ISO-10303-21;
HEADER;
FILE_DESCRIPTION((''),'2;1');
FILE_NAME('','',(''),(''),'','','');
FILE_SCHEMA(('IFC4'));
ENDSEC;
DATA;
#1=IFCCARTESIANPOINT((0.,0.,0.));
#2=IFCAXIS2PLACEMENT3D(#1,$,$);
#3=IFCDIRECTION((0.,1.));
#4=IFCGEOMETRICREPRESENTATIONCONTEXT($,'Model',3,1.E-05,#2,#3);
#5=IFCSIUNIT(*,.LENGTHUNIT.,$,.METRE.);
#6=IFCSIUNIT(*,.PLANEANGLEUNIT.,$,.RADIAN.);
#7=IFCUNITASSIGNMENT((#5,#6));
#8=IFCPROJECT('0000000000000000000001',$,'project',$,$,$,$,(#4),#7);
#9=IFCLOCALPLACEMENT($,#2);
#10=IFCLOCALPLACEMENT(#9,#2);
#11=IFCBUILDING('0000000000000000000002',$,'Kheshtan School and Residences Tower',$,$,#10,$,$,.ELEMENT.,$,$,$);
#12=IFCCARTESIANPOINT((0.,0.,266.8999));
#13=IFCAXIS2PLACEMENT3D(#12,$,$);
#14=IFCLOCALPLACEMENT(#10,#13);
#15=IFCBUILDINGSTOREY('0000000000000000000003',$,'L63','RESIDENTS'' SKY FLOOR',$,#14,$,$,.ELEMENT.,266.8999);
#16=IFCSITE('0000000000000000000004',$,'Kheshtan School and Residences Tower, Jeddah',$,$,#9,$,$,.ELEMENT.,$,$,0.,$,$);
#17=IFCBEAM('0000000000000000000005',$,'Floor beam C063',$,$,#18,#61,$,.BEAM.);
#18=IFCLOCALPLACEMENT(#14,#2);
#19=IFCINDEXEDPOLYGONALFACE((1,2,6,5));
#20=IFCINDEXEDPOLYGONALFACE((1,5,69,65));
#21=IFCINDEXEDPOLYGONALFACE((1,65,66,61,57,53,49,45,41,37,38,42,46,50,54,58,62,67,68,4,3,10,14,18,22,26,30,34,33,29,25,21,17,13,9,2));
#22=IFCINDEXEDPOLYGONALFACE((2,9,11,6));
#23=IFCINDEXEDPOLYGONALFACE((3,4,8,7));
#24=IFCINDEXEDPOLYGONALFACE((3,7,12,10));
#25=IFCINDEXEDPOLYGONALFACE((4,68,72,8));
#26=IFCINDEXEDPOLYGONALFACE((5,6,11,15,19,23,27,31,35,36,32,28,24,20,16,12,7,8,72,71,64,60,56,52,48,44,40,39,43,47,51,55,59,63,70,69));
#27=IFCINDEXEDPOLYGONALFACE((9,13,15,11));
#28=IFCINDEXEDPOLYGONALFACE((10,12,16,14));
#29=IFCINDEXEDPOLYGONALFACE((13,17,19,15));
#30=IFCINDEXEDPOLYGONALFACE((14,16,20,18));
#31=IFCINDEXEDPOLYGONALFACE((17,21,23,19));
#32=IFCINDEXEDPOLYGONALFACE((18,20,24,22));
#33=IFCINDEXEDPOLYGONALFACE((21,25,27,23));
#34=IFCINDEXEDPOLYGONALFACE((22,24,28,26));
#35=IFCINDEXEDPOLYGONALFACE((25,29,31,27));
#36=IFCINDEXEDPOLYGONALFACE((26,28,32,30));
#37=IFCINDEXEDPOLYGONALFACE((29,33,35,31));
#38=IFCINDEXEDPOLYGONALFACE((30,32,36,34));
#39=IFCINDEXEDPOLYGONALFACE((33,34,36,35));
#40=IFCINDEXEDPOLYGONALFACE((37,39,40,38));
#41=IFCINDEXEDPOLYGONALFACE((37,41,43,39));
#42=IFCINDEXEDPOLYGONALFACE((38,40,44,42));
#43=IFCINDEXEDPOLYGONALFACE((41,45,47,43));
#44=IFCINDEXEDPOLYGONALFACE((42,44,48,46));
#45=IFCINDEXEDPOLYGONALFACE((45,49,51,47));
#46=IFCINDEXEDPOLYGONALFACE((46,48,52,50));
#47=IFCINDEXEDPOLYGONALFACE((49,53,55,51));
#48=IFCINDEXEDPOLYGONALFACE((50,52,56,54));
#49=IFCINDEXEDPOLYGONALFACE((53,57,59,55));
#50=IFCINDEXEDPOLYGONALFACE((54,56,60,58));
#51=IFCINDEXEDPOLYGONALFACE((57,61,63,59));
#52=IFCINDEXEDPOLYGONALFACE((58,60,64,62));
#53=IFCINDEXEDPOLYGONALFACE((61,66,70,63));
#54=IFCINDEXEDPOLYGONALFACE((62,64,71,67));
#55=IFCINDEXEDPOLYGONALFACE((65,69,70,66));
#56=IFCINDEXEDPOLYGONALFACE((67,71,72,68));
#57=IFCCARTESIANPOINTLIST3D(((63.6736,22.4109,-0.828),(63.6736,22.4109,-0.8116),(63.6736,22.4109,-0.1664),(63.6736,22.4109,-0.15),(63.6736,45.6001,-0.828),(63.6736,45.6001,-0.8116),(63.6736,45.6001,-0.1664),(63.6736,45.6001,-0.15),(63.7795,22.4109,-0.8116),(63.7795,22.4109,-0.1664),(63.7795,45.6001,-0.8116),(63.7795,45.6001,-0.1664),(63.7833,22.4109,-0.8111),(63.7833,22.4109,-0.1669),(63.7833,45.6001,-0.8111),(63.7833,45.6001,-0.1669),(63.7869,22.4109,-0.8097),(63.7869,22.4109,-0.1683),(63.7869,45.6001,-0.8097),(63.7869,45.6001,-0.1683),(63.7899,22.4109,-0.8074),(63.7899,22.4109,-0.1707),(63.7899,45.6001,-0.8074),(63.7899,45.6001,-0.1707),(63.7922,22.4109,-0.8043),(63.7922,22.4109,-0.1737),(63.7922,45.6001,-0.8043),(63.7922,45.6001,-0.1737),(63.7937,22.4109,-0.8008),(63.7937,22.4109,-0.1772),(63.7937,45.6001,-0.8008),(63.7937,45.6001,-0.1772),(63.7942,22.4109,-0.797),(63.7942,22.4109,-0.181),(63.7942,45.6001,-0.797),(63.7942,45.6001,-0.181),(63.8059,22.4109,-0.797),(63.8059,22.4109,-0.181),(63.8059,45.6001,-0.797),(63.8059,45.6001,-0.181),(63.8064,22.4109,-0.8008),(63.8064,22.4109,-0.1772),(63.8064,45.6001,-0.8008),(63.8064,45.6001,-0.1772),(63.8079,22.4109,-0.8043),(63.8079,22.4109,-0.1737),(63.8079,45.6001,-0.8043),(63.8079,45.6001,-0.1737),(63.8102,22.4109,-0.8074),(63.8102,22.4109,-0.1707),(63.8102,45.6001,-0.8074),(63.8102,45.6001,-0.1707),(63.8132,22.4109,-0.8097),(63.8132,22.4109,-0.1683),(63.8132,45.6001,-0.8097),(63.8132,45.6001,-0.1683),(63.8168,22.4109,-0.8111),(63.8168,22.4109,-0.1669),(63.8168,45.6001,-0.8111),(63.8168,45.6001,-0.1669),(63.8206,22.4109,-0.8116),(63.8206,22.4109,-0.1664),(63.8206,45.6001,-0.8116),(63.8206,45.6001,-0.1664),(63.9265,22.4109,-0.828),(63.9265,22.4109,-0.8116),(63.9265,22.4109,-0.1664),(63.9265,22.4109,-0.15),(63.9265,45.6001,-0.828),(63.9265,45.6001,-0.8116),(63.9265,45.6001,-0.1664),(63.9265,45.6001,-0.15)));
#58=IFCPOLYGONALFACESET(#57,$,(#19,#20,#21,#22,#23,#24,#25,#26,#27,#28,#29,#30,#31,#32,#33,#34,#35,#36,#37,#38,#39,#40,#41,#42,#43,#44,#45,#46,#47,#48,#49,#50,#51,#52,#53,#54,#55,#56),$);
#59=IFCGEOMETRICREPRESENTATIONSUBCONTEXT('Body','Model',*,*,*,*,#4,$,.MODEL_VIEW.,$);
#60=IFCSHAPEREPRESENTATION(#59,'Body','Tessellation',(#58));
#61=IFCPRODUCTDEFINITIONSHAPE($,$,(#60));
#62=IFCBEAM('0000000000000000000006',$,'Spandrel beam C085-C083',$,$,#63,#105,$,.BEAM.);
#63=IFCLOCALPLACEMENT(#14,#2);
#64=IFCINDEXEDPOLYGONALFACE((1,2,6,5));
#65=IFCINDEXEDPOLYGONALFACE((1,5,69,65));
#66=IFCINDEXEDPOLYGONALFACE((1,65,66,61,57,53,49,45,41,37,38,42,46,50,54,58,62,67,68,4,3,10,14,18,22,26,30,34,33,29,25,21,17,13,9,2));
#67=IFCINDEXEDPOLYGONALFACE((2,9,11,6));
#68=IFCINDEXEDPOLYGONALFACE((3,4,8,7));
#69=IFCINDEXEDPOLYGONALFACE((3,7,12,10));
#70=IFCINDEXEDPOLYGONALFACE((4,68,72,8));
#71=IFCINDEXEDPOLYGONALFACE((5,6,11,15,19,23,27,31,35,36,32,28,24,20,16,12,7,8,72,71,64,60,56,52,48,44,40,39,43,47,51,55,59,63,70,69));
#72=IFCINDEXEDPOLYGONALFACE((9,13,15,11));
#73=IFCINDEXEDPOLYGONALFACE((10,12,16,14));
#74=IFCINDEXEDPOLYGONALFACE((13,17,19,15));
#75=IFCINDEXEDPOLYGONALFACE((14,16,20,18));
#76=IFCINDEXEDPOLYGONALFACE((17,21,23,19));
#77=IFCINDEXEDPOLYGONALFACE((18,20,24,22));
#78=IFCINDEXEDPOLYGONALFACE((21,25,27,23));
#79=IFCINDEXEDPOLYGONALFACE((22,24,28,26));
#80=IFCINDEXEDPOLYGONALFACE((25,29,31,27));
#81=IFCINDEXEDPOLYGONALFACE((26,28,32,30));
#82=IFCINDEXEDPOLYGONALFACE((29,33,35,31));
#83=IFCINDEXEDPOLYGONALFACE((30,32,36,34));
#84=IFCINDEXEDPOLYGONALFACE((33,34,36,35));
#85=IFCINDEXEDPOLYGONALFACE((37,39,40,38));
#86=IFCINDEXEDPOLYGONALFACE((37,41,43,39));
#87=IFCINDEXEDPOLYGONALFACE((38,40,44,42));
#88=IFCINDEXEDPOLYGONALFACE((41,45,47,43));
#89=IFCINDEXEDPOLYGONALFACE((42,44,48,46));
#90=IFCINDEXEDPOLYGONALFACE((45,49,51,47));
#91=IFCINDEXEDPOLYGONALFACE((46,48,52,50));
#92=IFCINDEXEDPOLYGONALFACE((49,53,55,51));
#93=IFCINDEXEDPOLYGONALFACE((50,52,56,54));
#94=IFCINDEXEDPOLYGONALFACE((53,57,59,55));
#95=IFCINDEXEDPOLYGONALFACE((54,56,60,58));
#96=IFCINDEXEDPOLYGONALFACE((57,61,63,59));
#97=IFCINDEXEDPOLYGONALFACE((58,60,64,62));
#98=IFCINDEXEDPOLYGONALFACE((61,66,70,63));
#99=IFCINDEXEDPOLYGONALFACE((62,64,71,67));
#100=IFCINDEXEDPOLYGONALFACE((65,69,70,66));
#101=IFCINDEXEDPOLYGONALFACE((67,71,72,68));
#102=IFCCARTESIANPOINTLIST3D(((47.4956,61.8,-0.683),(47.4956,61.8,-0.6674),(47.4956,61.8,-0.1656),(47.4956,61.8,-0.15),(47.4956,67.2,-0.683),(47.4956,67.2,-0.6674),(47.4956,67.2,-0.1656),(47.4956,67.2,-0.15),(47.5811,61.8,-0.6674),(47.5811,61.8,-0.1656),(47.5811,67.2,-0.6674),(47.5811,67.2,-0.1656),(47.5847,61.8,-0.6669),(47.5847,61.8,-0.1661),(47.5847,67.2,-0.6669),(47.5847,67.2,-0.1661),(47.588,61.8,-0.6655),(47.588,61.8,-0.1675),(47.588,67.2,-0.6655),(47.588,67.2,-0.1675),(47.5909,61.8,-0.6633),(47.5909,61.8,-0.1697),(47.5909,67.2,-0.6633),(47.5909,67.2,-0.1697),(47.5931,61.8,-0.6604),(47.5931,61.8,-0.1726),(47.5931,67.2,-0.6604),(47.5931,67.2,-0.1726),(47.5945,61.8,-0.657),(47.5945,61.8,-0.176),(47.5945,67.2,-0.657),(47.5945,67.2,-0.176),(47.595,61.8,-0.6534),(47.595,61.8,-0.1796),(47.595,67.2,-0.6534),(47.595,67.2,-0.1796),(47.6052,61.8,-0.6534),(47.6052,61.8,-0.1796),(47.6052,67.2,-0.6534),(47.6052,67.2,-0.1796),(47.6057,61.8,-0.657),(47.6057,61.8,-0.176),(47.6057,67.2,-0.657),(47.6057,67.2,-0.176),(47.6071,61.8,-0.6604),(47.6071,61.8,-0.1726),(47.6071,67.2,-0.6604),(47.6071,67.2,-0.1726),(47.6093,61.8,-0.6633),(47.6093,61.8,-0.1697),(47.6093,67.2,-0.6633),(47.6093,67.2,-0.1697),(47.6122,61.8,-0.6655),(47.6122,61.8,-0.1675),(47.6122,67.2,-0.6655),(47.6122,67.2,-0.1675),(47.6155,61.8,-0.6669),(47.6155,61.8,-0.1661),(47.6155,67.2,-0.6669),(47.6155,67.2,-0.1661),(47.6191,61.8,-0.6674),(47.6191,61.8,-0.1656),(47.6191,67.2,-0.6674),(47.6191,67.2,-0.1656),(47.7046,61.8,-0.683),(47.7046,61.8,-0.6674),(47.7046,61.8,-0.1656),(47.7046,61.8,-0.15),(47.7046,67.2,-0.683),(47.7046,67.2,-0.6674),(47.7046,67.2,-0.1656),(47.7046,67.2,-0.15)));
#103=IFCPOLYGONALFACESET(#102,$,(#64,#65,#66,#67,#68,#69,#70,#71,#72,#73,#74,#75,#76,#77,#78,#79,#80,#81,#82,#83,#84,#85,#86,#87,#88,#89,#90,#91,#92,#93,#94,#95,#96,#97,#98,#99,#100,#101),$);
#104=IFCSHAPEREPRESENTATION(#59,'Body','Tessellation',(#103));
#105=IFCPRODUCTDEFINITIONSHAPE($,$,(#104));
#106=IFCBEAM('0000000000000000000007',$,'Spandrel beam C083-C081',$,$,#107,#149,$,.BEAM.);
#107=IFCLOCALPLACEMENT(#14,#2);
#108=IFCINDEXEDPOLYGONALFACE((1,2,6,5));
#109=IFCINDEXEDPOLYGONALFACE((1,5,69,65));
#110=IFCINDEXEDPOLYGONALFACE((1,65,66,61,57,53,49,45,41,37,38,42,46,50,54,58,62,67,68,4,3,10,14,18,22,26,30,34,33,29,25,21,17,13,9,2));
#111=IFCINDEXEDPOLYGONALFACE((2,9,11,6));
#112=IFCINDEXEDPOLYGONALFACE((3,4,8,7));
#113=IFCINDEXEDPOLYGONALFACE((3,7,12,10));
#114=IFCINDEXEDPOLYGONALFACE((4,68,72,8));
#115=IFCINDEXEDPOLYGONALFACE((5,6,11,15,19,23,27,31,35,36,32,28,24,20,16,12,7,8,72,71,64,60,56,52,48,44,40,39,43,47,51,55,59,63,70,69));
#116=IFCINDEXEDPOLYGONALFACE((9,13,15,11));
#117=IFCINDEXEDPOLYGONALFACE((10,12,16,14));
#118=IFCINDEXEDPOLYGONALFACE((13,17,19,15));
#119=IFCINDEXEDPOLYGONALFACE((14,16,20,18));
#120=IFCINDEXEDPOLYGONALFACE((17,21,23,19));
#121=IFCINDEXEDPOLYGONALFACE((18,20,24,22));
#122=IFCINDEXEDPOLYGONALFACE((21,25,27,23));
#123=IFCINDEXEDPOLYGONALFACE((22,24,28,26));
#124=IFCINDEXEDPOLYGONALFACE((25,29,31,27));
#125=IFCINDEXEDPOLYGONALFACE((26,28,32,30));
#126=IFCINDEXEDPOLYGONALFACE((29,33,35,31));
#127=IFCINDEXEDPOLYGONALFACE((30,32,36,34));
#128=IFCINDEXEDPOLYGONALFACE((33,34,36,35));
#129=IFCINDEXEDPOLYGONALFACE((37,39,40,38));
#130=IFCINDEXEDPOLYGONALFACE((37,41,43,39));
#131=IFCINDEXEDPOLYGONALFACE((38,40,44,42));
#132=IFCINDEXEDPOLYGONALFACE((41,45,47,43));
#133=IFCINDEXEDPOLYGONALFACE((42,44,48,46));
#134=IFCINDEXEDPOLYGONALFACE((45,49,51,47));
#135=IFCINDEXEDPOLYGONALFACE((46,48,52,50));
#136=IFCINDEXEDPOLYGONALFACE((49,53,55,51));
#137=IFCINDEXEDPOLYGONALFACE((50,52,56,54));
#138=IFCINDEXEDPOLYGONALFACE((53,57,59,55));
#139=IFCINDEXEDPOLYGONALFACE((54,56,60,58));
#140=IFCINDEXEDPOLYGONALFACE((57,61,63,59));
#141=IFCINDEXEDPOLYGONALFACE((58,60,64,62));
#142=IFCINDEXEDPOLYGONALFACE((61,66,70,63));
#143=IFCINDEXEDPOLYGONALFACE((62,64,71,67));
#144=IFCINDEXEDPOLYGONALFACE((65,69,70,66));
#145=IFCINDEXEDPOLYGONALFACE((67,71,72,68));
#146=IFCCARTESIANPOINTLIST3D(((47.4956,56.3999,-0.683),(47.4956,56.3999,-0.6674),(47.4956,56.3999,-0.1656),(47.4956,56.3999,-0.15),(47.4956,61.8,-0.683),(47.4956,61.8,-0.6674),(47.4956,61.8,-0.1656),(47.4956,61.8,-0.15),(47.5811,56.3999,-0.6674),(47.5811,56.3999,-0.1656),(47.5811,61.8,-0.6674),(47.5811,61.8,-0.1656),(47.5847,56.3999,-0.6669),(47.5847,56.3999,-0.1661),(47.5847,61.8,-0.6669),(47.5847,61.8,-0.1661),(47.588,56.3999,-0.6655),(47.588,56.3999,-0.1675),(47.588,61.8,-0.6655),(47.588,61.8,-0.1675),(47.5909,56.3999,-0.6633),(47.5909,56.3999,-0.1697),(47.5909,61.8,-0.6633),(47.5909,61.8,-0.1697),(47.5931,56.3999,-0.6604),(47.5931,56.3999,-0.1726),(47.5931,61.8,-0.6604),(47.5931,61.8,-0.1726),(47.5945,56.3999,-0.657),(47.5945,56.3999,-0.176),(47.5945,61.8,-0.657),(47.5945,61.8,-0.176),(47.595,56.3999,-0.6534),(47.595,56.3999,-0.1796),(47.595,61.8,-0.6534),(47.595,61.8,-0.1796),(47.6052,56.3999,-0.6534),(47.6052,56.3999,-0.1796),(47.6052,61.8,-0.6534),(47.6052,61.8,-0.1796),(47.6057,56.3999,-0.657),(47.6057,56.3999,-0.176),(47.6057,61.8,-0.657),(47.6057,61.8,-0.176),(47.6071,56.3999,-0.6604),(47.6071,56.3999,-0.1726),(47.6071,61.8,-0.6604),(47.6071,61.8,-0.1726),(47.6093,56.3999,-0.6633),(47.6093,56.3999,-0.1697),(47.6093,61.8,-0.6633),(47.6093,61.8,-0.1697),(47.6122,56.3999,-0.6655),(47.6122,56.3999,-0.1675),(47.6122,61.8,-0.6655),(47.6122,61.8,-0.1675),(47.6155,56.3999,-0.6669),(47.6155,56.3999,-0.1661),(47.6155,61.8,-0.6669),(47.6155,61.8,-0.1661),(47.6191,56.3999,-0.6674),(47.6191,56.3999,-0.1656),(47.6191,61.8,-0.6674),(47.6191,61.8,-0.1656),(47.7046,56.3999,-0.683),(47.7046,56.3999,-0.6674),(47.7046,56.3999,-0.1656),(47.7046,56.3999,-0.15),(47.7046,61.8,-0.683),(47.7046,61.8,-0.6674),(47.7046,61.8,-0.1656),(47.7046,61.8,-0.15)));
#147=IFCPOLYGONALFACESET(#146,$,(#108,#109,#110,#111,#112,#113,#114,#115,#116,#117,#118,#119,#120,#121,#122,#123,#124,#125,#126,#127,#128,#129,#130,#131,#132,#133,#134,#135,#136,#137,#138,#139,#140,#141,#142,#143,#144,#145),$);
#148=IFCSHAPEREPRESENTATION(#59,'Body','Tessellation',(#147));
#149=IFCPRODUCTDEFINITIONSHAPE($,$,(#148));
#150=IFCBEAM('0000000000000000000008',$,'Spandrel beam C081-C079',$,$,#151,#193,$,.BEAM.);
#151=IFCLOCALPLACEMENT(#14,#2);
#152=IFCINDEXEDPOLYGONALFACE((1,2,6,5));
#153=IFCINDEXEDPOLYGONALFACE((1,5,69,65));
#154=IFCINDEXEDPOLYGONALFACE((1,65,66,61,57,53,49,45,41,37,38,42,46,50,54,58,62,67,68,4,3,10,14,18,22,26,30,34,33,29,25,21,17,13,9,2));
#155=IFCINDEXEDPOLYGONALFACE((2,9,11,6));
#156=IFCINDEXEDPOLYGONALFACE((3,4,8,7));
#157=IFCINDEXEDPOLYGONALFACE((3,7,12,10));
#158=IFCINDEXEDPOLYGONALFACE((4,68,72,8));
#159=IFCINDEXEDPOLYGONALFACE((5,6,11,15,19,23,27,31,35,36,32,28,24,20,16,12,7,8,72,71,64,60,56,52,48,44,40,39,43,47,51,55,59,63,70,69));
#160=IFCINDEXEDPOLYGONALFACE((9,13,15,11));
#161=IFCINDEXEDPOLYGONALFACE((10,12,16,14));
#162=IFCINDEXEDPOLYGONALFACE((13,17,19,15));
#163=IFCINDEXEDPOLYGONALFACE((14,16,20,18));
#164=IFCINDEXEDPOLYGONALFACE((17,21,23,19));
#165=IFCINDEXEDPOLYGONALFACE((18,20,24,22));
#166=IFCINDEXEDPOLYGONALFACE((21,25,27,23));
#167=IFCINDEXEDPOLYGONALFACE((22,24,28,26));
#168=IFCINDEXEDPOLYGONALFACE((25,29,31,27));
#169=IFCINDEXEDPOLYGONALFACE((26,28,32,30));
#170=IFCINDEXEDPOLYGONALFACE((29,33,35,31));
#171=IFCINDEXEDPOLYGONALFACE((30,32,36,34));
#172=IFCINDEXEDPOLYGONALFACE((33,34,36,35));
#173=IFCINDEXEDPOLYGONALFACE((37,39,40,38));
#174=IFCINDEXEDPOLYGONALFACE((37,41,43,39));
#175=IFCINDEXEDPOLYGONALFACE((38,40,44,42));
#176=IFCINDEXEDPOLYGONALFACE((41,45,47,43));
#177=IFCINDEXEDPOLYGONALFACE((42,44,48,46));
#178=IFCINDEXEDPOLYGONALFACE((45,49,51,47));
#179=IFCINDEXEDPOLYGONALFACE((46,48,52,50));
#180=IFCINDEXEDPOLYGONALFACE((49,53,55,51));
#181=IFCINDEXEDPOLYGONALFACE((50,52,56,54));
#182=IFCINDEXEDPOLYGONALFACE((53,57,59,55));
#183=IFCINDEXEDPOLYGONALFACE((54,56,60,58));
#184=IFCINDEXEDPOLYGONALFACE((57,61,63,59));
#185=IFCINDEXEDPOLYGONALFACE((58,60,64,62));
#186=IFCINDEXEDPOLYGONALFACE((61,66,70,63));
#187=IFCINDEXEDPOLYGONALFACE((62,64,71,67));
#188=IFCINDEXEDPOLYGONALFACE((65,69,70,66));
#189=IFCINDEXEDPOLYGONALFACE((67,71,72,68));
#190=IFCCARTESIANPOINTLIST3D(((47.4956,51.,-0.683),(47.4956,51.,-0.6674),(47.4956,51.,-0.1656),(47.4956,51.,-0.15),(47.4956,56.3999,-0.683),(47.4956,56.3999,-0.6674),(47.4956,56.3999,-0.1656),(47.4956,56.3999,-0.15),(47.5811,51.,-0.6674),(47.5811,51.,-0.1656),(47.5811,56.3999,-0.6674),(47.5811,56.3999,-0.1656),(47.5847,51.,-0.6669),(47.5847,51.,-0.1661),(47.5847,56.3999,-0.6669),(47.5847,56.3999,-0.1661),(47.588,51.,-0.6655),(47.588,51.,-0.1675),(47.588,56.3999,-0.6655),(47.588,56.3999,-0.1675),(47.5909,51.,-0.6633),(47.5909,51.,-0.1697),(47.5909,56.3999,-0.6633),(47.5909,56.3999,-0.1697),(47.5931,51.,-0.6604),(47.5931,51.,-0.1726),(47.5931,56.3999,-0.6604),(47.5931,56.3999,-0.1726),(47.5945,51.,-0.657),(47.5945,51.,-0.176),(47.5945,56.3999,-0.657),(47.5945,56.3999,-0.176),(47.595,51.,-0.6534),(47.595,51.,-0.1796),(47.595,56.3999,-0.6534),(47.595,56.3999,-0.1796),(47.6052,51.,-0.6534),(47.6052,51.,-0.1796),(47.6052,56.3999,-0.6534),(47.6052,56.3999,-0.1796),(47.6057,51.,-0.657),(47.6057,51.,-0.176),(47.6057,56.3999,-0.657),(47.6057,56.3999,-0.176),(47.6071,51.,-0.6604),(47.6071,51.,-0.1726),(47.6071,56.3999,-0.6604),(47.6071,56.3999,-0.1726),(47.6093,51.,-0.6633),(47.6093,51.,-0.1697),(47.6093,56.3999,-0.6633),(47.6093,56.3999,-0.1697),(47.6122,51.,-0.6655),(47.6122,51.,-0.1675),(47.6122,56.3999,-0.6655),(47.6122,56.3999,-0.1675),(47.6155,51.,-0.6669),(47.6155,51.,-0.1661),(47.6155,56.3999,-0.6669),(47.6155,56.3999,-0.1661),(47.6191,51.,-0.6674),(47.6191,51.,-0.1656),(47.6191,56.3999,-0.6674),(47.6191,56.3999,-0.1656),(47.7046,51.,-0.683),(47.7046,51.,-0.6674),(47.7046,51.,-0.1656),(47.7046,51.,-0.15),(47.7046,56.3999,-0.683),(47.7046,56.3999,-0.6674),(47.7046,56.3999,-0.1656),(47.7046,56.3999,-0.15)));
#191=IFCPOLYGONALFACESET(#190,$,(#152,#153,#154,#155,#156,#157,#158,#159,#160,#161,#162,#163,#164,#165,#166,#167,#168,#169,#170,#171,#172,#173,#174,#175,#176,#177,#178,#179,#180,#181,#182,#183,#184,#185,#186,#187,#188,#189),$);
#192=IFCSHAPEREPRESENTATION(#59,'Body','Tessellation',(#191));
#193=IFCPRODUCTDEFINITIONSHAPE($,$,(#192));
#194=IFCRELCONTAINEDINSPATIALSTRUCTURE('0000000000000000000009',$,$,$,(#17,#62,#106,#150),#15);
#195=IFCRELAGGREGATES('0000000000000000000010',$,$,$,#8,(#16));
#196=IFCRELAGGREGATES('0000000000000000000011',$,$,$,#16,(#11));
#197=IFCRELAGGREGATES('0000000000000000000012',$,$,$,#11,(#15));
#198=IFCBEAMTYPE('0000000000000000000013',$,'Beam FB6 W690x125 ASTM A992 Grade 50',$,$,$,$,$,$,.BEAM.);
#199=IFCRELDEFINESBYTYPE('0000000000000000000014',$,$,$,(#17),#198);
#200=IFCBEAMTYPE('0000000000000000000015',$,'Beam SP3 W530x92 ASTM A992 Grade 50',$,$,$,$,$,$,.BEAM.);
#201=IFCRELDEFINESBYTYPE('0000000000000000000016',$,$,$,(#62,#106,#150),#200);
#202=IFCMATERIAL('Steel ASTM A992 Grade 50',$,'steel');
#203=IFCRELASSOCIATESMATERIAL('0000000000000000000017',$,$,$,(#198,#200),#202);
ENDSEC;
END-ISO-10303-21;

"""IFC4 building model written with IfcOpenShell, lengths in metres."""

from ifc_helpers import new_model, si_unit, direction, frame, origin, origin_2d, place, context, subcontext, project, spatial, i_section, extrude, material, material_profile, profile_set, type_object, element, save


model = new_model("IFC4")

# Units and contexts
model_context = context("Model", 3, precision=1e-05, world=origin(), true_north=direction((0.0, 1.0)))
body_context = subcontext(model_context, "Body", "Model", "MODEL_VIEW")
ifc_project = project(units=[si_unit("LENGTHUNIT", "METRE"), si_unit("PLANEANGLEUNIT", "RADIAN")], contexts=[model_context])

# Site, building, storey
site_placement = place(None, origin())
site = spatial("IfcSite", under=ifc_project, at=site_placement, Name="Kheshtan School and Residences Tower, Jeddah", CompositionType="ELEMENT", RefElevation=0.0)
building_placement = place(site_placement, origin())
building = spatial("IfcBuilding", under=site, at=building_placement, Name="Kheshtan School and Residences Tower", CompositionType="ELEMENT")
storey_placement = place(building_placement, frame((0.0, 0.0, 266.8999)))
storey = spatial("IfcBuildingStorey", under=building, at=storey_placement, Name="L63", Description="RESIDENTS' SKY FLOOR", CompositionType="ELEMENT", Elevation=266.8999)

# Shared definitions
ifc_material_1 = material(Name="Steel ASTM A992 Grade 50", Category="steel")

# Beams
ifc_material_profile_1 = material_profile(ifc_material_1, i_section(OverallWidth=0.2529, OverallDepth=0.678, WebThickness=0.0117, FlangeThickness=0.0164, FilletRadius=0.0146, at=origin_2d()), Name="W690x125")
ifc_profile_set_1 = profile_set([ifc_material_profile_1], Name="Steel ASTM A992 Grade 50")
beam_type_1 = type_object("IfcBeamType", Name="Beam FB6 W690x125 ASTM A992 Grade 50", PredefinedType="BEAM", material=ifc_profile_set_1)
beam_1_placement = place(storey_placement, frame((63.8, 45.6001, -0.489), z_axis=(0.0, -1.0, 0.0), x_axis=(1.0, 0.0, 0.0)))
element("IfcBeam", 1, at=beam_1_placement, inside=storey, type_object=beam_type_1, Name="Floor beam C063", PredefinedType="BEAM", context=body_context, shape_type="SweptSolid", body=[
    extrude(i_section(OverallWidth=0.2529, OverallDepth=0.678, WebThickness=0.0117, FlangeThickness=0.0164, FilletRadius=0.0146, at=origin_2d()), origin(), (0.0, 0.0, 1.0), 23.1892),
])
ifc_material_profile_2 = material_profile(ifc_material_1, i_section(OverallWidth=0.209, OverallDepth=0.533, WebThickness=0.0103, FlangeThickness=0.0156, FilletRadius=0.0139, at=origin_2d()), Name="W530x92")
ifc_profile_set_2 = profile_set([ifc_material_profile_2], Name="Steel ASTM A992 Grade 50")
beam_type_2 = type_object("IfcBeamType", Name="Beam SP3 W530x92 ASTM A992 Grade 50", PredefinedType="BEAM", material=ifc_profile_set_2)
beam_2_placement = place(storey_placement, frame((47.6001, 67.2, -0.4165), z_axis=(0.0, -1.0, 0.0), x_axis=(1.0, 0.0, 0.0)))
element("IfcBeam", 2, at=beam_2_placement, inside=storey, type_object=beam_type_2, Name="Spandrel beam C085-C083", PredefinedType="BEAM", context=body_context, shape_type="SweptSolid", body=[
    extrude(i_section(OverallWidth=0.209, OverallDepth=0.533, WebThickness=0.0103, FlangeThickness=0.0156, FilletRadius=0.0139, at=origin_2d()), origin(), (0.0, 0.0, 1.0), 5.3999),
])
beam_3_placement = place(storey_placement, frame((47.6001, 61.8, -0.4165), z_axis=(0.0, -1.0, 0.0), x_axis=(1.0, 0.0, 0.0)))
element("IfcBeam", 3, at=beam_3_placement, inside=storey, type_object=beam_type_2, Name="Spandrel beam C083-C081", PredefinedType="BEAM", context=body_context, shape_type="SweptSolid", body=[
    extrude(i_section(OverallWidth=0.209, OverallDepth=0.533, WebThickness=0.0103, FlangeThickness=0.0156, FilletRadius=0.0139, at=origin_2d()), origin(), (0.0, 0.0, 1.0), 5.4001),
])
for number, where, z_axis, x_axis, name in (
    (4, (47.6001, 56.3999, -0.4165), (0.0, -1.0, 0.0), (1.0, 0.0, 0.0), "Spandrel beam C081-C079"),
):
    element("IfcBeam", number, at=place(storey_placement, frame(where, z_axis=z_axis, x_axis=x_axis)), inside=storey, type_object=beam_type_2, Name=name, PredefinedType="BEAM", context=body_context, shape_type="SweptSolid", body=[
        extrude(i_section(OverallWidth=0.209, OverallDepth=0.533, WebThickness=0.0103, FlangeThickness=0.0156, FilletRadius=0.0139, at=origin_2d()), origin(), (0.0, 0.0, 1.0), 5.3999),
    ])

save(model, "model.ifc")
